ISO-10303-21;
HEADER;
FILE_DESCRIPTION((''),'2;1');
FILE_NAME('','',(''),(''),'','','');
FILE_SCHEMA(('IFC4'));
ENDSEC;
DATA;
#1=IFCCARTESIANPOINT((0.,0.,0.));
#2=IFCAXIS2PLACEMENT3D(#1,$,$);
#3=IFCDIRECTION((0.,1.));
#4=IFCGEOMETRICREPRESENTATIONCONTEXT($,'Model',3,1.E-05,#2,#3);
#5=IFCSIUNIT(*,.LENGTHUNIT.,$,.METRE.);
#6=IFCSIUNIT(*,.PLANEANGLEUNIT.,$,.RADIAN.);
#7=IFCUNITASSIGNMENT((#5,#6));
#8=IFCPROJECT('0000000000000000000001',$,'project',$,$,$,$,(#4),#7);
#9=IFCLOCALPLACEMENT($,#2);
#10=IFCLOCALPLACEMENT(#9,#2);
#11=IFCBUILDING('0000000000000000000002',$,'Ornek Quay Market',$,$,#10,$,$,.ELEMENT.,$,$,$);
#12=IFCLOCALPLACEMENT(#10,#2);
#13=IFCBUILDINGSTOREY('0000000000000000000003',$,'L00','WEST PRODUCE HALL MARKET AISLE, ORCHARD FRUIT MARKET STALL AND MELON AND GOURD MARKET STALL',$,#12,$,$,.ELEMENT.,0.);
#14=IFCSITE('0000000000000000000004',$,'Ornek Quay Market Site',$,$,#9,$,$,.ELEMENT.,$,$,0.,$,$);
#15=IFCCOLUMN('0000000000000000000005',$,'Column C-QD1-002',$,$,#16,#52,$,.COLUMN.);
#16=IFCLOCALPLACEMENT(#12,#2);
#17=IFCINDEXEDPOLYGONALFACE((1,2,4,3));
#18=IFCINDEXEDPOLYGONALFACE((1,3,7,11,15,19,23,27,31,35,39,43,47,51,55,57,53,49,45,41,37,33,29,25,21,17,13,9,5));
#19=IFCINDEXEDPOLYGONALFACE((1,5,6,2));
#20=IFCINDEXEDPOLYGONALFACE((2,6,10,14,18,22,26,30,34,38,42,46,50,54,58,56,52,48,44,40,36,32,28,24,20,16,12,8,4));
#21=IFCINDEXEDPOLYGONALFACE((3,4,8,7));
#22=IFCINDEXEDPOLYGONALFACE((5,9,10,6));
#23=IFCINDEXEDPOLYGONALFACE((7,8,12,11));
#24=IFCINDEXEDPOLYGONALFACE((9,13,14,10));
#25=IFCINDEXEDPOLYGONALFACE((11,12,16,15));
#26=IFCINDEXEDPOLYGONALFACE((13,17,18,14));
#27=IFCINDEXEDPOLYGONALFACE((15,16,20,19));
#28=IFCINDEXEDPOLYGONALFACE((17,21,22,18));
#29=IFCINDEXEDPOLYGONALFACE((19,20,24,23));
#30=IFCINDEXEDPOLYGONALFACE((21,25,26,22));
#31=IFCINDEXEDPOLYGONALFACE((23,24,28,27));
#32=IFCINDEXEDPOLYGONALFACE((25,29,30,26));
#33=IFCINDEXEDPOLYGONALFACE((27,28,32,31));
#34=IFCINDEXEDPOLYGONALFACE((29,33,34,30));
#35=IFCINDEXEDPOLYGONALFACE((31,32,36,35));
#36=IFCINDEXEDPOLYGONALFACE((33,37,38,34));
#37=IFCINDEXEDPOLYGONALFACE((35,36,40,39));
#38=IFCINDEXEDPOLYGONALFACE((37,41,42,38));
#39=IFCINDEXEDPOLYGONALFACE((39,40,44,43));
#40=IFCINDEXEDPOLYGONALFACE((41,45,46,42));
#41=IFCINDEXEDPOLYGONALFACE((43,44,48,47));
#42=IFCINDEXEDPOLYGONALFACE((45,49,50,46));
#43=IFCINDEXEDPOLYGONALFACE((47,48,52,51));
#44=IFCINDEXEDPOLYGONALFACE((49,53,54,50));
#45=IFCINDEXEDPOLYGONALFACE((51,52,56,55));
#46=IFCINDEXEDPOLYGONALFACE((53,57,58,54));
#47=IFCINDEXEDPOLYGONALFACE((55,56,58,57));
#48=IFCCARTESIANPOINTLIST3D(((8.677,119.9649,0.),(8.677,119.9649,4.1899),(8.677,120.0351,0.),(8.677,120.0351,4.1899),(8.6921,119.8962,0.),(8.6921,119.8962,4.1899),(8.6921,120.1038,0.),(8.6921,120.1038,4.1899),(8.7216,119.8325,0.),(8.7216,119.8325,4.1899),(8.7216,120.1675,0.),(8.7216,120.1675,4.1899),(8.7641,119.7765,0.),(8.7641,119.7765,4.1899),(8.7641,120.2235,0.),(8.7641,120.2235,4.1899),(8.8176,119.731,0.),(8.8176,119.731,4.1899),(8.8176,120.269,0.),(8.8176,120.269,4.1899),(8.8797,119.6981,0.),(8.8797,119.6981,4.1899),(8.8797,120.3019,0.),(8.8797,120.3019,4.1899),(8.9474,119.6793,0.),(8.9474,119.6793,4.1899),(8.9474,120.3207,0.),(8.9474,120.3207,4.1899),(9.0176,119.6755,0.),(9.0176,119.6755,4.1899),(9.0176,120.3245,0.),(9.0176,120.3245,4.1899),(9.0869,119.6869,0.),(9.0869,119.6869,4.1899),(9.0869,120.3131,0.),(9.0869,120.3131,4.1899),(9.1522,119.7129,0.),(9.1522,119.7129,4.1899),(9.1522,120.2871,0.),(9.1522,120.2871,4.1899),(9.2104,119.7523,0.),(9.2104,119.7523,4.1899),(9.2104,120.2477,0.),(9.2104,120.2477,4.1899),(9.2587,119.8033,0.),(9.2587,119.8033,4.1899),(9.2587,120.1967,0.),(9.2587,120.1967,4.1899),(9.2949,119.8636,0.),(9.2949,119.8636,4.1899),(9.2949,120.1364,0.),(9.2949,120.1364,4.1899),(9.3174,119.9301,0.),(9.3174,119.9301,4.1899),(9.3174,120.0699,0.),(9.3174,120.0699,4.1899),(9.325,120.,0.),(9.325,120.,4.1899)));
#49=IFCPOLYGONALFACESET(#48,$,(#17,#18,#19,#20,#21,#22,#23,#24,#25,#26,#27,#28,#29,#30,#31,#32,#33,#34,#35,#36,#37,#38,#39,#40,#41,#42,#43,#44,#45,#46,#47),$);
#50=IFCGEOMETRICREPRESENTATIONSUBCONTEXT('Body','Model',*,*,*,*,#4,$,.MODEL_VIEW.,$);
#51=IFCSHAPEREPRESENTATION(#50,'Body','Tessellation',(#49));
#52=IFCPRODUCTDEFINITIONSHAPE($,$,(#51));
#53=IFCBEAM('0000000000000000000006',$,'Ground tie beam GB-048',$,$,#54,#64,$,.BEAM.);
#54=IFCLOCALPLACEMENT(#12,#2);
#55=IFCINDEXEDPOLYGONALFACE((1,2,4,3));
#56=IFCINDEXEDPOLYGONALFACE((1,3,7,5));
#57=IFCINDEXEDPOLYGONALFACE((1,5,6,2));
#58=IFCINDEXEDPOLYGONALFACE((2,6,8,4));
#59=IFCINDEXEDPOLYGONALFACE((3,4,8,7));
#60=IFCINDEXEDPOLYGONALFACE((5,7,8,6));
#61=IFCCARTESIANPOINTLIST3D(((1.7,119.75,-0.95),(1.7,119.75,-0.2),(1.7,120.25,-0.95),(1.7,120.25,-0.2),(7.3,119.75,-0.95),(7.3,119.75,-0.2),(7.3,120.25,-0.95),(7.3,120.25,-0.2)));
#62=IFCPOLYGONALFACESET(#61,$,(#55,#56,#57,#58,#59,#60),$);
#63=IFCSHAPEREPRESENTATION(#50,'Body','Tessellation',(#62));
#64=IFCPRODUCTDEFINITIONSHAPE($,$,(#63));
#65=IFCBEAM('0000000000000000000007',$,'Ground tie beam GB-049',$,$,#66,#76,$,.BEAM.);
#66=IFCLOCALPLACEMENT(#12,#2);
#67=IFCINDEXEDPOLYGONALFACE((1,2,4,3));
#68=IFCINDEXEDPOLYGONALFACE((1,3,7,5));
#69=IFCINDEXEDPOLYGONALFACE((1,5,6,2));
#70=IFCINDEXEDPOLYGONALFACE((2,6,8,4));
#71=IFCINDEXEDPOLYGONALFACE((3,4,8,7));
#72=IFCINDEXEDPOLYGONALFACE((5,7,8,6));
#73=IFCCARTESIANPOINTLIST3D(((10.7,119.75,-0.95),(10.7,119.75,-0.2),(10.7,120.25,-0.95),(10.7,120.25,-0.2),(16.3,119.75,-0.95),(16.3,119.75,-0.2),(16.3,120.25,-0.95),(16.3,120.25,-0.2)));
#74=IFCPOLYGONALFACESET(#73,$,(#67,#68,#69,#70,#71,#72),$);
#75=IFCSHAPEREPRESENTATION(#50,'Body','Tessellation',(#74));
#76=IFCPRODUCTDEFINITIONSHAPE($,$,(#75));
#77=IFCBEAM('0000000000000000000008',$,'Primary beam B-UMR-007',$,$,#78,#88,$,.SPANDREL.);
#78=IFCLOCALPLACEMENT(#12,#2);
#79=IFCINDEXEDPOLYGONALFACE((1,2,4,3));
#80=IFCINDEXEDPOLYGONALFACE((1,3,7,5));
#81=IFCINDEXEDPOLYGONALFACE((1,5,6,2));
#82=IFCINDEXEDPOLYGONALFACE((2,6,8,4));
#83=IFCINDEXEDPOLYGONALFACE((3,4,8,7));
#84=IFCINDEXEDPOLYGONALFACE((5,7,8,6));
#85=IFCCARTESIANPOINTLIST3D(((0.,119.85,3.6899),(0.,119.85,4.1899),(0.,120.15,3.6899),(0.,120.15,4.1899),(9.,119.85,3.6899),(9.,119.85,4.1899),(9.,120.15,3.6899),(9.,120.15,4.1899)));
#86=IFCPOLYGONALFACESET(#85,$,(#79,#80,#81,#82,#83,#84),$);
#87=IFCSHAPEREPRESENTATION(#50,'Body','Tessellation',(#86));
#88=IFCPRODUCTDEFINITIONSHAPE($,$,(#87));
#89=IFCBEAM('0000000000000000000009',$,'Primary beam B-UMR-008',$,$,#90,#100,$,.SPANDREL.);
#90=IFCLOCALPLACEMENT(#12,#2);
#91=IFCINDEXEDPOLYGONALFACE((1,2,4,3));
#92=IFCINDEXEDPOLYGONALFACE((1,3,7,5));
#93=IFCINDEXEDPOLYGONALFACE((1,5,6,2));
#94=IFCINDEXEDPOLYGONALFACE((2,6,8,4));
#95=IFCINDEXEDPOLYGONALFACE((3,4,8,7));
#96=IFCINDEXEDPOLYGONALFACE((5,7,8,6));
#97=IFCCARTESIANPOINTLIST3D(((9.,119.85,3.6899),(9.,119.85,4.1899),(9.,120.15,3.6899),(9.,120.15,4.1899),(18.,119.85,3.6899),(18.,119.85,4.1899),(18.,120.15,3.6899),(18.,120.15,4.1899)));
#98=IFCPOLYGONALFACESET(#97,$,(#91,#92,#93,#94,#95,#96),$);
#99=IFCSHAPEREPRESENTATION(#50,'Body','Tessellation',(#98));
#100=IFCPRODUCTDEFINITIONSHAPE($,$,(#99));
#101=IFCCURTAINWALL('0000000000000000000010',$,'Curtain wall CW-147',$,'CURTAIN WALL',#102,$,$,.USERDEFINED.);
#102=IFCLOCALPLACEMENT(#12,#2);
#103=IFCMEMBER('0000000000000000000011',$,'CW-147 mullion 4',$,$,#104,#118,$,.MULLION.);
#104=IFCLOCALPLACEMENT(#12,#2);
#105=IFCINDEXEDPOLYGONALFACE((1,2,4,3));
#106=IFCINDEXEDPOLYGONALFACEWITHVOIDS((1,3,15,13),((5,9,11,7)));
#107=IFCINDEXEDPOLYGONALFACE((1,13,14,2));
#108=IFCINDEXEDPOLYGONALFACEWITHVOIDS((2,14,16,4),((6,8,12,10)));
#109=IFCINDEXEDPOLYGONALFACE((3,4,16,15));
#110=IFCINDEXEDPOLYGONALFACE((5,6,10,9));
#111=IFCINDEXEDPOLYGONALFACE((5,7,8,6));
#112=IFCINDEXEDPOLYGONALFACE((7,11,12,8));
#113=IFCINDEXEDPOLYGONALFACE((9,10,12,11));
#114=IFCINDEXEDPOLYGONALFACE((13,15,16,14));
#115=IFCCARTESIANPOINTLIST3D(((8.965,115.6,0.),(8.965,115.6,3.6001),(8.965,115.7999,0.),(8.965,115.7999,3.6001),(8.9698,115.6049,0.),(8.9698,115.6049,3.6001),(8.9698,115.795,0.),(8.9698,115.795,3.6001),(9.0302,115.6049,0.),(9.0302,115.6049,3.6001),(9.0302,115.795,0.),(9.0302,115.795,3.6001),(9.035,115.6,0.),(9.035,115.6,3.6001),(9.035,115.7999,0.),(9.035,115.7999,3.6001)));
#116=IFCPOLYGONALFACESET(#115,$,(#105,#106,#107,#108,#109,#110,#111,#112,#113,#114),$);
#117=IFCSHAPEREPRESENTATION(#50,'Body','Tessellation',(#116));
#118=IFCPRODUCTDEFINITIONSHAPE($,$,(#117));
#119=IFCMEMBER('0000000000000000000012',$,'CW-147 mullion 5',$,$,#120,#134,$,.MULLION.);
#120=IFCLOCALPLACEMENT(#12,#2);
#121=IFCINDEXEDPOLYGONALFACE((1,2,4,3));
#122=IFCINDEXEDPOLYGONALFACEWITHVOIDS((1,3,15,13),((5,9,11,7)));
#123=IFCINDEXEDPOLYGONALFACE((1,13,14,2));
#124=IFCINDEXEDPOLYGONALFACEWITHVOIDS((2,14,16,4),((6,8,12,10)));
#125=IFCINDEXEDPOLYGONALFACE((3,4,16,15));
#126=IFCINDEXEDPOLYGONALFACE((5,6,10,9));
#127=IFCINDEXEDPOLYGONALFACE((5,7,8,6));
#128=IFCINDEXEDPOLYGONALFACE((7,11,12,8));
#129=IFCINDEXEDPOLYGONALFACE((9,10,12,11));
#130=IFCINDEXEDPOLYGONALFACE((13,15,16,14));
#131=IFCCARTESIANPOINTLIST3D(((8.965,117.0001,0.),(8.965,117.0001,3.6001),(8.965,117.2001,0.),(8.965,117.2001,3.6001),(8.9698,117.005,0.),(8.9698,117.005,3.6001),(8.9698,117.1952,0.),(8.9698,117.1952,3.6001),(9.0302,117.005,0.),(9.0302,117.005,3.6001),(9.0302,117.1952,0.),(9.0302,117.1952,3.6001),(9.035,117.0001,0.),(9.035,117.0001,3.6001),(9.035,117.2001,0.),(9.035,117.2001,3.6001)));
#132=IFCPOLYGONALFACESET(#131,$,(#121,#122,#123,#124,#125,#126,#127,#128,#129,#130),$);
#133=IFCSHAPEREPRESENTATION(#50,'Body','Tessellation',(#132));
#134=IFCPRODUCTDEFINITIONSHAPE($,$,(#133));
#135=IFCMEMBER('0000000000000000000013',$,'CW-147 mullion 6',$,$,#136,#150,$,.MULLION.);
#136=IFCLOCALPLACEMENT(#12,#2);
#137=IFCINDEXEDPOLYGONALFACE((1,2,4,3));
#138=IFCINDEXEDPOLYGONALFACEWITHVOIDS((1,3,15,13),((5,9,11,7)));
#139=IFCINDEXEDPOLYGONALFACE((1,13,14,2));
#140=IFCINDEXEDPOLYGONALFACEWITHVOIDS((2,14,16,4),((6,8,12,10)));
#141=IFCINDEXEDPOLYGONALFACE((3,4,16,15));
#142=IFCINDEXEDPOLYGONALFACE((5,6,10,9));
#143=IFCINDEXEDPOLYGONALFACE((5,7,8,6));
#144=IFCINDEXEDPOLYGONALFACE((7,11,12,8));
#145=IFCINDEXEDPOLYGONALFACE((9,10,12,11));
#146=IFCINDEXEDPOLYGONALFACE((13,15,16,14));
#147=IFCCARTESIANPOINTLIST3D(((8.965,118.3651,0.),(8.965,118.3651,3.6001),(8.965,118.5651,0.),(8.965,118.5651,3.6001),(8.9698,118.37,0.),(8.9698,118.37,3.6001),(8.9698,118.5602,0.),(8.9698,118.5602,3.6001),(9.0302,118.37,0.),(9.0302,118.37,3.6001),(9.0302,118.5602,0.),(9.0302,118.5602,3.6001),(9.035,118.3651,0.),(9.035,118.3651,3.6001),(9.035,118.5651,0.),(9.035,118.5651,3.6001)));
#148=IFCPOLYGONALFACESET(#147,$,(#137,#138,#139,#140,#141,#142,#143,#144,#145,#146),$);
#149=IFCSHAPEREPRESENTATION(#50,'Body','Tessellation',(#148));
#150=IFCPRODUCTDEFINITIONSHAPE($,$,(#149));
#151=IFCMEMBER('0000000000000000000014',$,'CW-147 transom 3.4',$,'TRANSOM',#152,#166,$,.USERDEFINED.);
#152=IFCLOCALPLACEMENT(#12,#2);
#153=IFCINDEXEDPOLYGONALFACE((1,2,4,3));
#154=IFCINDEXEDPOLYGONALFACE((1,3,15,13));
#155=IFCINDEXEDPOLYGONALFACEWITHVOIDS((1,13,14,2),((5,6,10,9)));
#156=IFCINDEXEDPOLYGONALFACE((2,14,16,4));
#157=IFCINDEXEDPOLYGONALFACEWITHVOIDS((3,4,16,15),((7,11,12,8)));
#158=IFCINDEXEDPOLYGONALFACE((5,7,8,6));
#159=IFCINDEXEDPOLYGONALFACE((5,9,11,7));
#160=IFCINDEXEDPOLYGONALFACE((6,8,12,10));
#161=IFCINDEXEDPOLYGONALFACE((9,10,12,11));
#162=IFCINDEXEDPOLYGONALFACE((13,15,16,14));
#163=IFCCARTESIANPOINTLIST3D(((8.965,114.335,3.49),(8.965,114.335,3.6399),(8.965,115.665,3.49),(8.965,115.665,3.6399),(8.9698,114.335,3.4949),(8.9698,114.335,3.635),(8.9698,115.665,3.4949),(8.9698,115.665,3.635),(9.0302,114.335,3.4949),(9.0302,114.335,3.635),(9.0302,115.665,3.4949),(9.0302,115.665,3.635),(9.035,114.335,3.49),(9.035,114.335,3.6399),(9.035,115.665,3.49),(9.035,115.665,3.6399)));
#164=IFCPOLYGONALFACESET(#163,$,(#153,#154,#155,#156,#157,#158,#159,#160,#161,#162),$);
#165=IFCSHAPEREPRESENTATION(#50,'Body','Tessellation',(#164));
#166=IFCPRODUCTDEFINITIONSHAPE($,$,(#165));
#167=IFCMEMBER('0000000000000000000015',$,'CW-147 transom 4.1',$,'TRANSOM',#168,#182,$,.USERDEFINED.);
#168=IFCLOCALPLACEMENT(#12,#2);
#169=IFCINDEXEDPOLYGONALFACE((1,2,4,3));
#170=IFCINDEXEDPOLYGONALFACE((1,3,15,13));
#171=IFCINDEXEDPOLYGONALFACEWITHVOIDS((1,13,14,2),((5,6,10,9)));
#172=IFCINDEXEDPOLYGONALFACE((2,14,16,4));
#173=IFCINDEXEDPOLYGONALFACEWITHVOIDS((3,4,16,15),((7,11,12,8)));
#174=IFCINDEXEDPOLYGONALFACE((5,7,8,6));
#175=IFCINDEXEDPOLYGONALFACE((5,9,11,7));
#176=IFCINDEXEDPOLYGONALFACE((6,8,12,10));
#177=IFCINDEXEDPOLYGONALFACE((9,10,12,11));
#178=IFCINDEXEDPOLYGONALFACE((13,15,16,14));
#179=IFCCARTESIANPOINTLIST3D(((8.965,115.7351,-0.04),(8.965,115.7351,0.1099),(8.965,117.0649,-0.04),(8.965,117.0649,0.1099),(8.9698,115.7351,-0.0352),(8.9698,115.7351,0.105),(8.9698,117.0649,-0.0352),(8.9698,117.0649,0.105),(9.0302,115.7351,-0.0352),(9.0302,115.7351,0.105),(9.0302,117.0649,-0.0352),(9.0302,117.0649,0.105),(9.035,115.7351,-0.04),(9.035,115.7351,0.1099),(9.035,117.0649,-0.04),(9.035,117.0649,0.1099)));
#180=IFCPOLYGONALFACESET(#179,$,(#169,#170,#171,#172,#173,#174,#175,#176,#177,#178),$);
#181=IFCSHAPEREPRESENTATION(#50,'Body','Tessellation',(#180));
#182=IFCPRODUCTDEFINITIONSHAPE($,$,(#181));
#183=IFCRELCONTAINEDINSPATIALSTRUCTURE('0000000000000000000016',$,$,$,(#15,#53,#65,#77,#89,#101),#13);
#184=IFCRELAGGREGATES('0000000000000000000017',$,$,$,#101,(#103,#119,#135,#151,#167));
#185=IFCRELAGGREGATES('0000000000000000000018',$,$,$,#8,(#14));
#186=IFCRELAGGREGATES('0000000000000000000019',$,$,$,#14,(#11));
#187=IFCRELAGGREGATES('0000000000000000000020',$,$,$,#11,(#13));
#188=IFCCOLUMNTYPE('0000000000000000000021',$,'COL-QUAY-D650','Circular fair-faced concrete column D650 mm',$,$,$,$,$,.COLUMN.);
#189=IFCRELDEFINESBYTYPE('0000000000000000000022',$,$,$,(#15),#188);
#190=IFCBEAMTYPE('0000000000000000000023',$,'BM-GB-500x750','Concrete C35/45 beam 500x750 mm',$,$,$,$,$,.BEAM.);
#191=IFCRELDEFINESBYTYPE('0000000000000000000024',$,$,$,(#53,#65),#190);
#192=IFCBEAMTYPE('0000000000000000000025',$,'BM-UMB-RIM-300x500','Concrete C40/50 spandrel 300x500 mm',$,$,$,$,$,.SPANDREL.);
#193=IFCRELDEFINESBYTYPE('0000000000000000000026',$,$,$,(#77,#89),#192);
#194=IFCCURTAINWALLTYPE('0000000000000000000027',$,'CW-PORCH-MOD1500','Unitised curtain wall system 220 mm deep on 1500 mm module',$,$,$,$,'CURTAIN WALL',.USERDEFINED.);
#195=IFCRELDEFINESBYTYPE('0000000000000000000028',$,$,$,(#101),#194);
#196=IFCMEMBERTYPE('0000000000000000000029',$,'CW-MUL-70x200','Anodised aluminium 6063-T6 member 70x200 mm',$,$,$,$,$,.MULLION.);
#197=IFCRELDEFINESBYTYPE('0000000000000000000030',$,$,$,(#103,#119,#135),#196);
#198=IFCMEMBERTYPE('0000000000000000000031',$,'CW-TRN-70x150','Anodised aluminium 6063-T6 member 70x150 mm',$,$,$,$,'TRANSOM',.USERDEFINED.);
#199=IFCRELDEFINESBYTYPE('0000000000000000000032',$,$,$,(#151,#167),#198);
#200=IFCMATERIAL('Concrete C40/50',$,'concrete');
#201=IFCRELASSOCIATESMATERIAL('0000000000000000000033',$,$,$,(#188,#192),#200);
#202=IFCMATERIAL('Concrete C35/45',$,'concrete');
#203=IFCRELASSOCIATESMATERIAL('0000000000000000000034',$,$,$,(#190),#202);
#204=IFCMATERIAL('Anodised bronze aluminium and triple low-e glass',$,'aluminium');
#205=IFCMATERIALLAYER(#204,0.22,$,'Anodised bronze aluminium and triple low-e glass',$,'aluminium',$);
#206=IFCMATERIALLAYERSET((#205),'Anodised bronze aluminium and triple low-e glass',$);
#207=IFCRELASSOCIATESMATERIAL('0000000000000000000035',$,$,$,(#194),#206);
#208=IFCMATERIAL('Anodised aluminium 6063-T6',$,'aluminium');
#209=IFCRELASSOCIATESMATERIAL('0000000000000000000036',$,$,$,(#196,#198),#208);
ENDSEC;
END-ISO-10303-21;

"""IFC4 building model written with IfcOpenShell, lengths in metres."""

from ifc_helpers import new_model, si_unit, direction, frame, origin, origin_2d, place, context, subcontext, project, spatial, rectangle, hollow_rectangle, circle, extrude, material, layer, layer_set, material_profile, profile_set, type_object, element, aggregate, save


model = new_model("IFC4")

# Units and contexts
model_context = context("Model", 3, precision=1e-05, world=origin(), true_north=direction((0.0, 1.0)))
body_context = subcontext(model_context, "Body", "Model", "MODEL_VIEW")
ifc_project = project(units=[si_unit("LENGTHUNIT", "METRE"), si_unit("PLANEANGLEUNIT", "RADIAN")], contexts=[model_context])

# Site, building, storey
site_placement = place(None, origin())
site = spatial("IfcSite", under=ifc_project, at=site_placement, Name="Ornek Quay Market Site", CompositionType="ELEMENT", RefElevation=0.0)
building_placement = place(site_placement, origin())
building = spatial("IfcBuilding", under=site, at=building_placement, Name="Ornek Quay Market", CompositionType="ELEMENT")
storey_placement = place(building_placement, origin())
storey = spatial("IfcBuildingStorey", under=building, at=storey_placement, Name="L00", Description="WEST PRODUCE HALL MARKET AISLE, ORCHARD FRUIT MARKET STALL AND MELON AND GOURD MARKET STALL", CompositionType="ELEMENT", Elevation=0.0)

# Shared definitions
ifc_material_1 = material(Name="Concrete C35/45", Category="concrete")

# Column
ifc_material_2 = material(Name="Concrete C40/50", Category="concrete")
ifc_material_profile_1 = material_profile(ifc_material_2, circle(Radius=0.325, at=origin_2d()), Name="RC D650", Category="concrete")
ifc_profile_set_1 = profile_set([ifc_material_profile_1], Name="Concrete C40/50")
column_type = type_object("IfcColumnType", Name="COL-QUAY-D650", Description="Circular fair-faced concrete column D650 mm", PredefinedType="COLUMN", material=ifc_profile_set_1)
for number, where, z_axis, x_axis, name in (
    (1, (9.0, 120.0, 0.0), (0.0, 0.0, 1.0), (1.0, 0.0, 0.0), "Column C-QD1-002"),
):
    element("IfcColumn", number, at=place(storey_placement, frame(where, z_axis=z_axis, x_axis=x_axis)), inside=storey, type_object=column_type, Name=name, PredefinedType="COLUMN", context=body_context, shape_type="SweptSolid", body=[
        extrude(circle(Radius=0.325, at=origin_2d()), origin(), (0.0, 0.0, 1.0), 4.1899),
    ])

# Beams
ifc_material_profile_2 = material_profile(ifc_material_1, rectangle(XDim=0.5, YDim=0.75, at=origin_2d()), Name="RC 500x750", Category="concrete")
ifc_profile_set_2 = profile_set([ifc_material_profile_2], Name="Concrete C35/45")
beam_type_1 = type_object("IfcBeamType", Name="BM-GB-500x750", Description="Concrete C35/45 beam 500x750 mm", PredefinedType="BEAM", material=ifc_profile_set_2)
for number, where, z_axis, x_axis, name in (
    (2, (1.7, 120.0, -0.575), (1.0, 0.0, 0.0), (0.0, 1.0, 0.0), "Ground tie beam GB-048"),
    (3, (10.7, 120.0, -0.575), (1.0, 0.0, 0.0), (0.0, 1.0, 0.0), "Ground tie beam GB-049"),
):
    element("IfcBeam", number, at=place(storey_placement, frame(where, z_axis=z_axis, x_axis=x_axis)), inside=storey, type_object=beam_type_1, Name=name, PredefinedType="BEAM", context=body_context, shape_type="SweptSolid", body=[
        extrude(rectangle(XDim=0.5, YDim=0.75, at=origin_2d()), origin(), (0.0, 0.0, 1.0), 5.6001),
    ])
ifc_material_profile_3 = material_profile(ifc_material_2, rectangle(XDim=0.3, YDim=0.5, at=origin_2d()), Name="RC 300x500", Category="concrete")
ifc_profile_set_3 = profile_set([ifc_material_profile_3], Name="Concrete C40/50")
beam_type_2 = type_object("IfcBeamType", Name="BM-UMB-RIM-300x500", Description="Concrete C40/50 spandrel 300x500 mm", PredefinedType="SPANDREL", material=ifc_profile_set_3)
for number, where, z_axis, x_axis, name in (
    (4, (0.0, 120.0, 3.9399), (1.0, 0.0, 0.0), (0.0, 1.0, 0.0), "Primary beam B-UMR-007"),
    (5, (9.0, 120.0, 3.9399), (1.0, 0.0, 0.0), (0.0, 1.0, 0.0), "Primary beam B-UMR-008"),
):
    element("IfcBeam", number, at=place(storey_placement, frame(where, z_axis=z_axis, x_axis=x_axis)), inside=storey, type_object=beam_type_2, Name=name, PredefinedType="SPANDREL", context=body_context, shape_type="SweptSolid", body=[
        extrude(rectangle(XDim=0.3, YDim=0.5, at=origin_2d()), origin(), (0.0, 0.0, 1.0), 9.0),
    ])

# Curtain wall, members
ifc_material_3 = material(Name="Anodised bronze aluminium and triple low-e glass", Category="aluminium")
ifc_layer_1 = layer(ifc_material_3, 0.22, Name="Anodised bronze aluminium and triple low-e glass", Category="aluminium")
ifc_layer_set_1 = layer_set([ifc_layer_1], Name="Anodised bronze aluminium and triple low-e glass")
curtain_wall_type = type_object("IfcCurtainWallType", Name="CW-PORCH-MOD1500", Description="Unitised curtain wall system 220 mm deep on 1500 mm module", ElementType="CURTAIN WALL", PredefinedType="USERDEFINED", material=ifc_layer_set_1)
curtain_wall_placement = place(storey_placement, origin())
curtain_wall = element("IfcCurtainWall", 6, at=curtain_wall_placement, inside=storey, type_object=curtain_wall_type, Name="Curtain wall CW-147", ObjectType="CURTAIN WALL", PredefinedType="USERDEFINED")
ifc_material_4 = material(Name="Anodised aluminium 6063-T6", Category="aluminium")
ifc_material_profile_4 = material_profile(ifc_material_4, hollow_rectangle(XDim=0.0701, YDim=0.2, WallThickness=0.0049, at=origin_2d()), Name="CW-MUL-70x200", Category="aluminium")
ifc_profile_set_4 = profile_set([ifc_material_profile_4], Name="Anodised aluminium 6063-T6")
member_type_1 = type_object("IfcMemberType", Name="CW-MUL-70x200", Description="Anodised aluminium 6063-T6 member 70x200 mm", PredefinedType="MULLION", material=ifc_profile_set_4)
member_1_placement = place(storey_placement, frame((9.0, 115.7, 0.0), z_axis=(0.0, 0.0, 1.0), x_axis=(-1.0, 0.0, 0.0)))
member_1 = element("IfcMember", 7, at=member_1_placement, type_object=member_type_1, Name="CW-147 mullion 4", PredefinedType="MULLION", context=body_context, shape_type="SweptSolid", body=[
    extrude(hollow_rectangle(XDim=0.0701, YDim=0.2, WallThickness=0.0049, at=origin_2d()), origin(), (0.0, 0.0, 1.0), 3.6001),
])
member_2_placement = place(storey_placement, frame((9.0, 117.1001, 0.0), z_axis=(0.0, 0.0, 1.0), x_axis=(-1.0, 0.0, 0.0)))
member_2 = element("IfcMember", 8, at=member_2_placement, type_object=member_type_1, Name="CW-147 mullion 5", PredefinedType="MULLION", context=body_context, shape_type="SweptSolid", body=[
    extrude(hollow_rectangle(XDim=0.0701, YDim=0.2, WallThickness=0.0049, at=origin_2d()), origin(), (0.0, 0.0, 1.0), 3.6001),
])
member_3_placement = place(storey_placement, frame((9.0, 118.4651, 0.0), z_axis=(0.0, 0.0, 1.0), x_axis=(-1.0, 0.0, 0.0)))
member_3 = element("IfcMember", 9, at=member_3_placement, type_object=member_type_1, Name="CW-147 mullion 6", PredefinedType="MULLION", context=body_context, shape_type="SweptSolid", body=[
    extrude(hollow_rectangle(XDim=0.0701, YDim=0.2, WallThickness=0.0049, at=origin_2d()), origin(), (0.0, 0.0, 1.0), 3.6001),
])
ifc_material_profile_5 = material_profile(ifc_material_4, hollow_rectangle(XDim=0.0701, YDim=0.1499, WallThickness=0.0049, at=origin_2d()), Name="CW-TRN-70x150", Category="aluminium")
ifc_profile_set_5 = profile_set([ifc_material_profile_5], Name="Anodised aluminium 6063-T6")
member_type_2 = type_object("IfcMemberType", Name="CW-TRN-70x150", Description="Anodised aluminium 6063-T6 member 70x150 mm", ElementType="TRANSOM", PredefinedType="USERDEFINED", material=ifc_profile_set_5)
member_4_placement = place(storey_placement, frame((9.0, 114.335, 3.5649), z_axis=(0.0, 1.0, 0.0), x_axis=(-1.0, 0.0, 0.0)))
member_4 = element("IfcMember", 10, at=member_4_placement, type_object=member_type_2, Name="CW-147 transom 3.4", ObjectType="TRANSOM", PredefinedType="USERDEFINED", context=body_context, shape_type="SweptSolid", body=[
    extrude(hollow_rectangle(XDim=0.0701, YDim=0.1499, WallThickness=0.0049, at=origin_2d()), origin(), (0.0, 0.0, 1.0), 1.3301),
])
member_5_placement = place(storey_placement, frame((9.0, 115.7351, 0.0349), z_axis=(0.0, 1.0, 0.0), x_axis=(-1.0, 0.0, 0.0)))
member_5 = element("IfcMember", 11, at=member_5_placement, type_object=member_type_2, Name="CW-147 transom 4.1", ObjectType="TRANSOM", PredefinedType="USERDEFINED", context=body_context, shape_type="SweptSolid", body=[
    extrude(hollow_rectangle(XDim=0.0701, YDim=0.1499, WallThickness=0.0049, at=origin_2d()), origin(), (0.0, 0.0, 1.0), 1.3298),
])
aggregate(curtain_wall, [member_1, member_2, member_3, member_4, member_5])

save(model, "model.ifc")
